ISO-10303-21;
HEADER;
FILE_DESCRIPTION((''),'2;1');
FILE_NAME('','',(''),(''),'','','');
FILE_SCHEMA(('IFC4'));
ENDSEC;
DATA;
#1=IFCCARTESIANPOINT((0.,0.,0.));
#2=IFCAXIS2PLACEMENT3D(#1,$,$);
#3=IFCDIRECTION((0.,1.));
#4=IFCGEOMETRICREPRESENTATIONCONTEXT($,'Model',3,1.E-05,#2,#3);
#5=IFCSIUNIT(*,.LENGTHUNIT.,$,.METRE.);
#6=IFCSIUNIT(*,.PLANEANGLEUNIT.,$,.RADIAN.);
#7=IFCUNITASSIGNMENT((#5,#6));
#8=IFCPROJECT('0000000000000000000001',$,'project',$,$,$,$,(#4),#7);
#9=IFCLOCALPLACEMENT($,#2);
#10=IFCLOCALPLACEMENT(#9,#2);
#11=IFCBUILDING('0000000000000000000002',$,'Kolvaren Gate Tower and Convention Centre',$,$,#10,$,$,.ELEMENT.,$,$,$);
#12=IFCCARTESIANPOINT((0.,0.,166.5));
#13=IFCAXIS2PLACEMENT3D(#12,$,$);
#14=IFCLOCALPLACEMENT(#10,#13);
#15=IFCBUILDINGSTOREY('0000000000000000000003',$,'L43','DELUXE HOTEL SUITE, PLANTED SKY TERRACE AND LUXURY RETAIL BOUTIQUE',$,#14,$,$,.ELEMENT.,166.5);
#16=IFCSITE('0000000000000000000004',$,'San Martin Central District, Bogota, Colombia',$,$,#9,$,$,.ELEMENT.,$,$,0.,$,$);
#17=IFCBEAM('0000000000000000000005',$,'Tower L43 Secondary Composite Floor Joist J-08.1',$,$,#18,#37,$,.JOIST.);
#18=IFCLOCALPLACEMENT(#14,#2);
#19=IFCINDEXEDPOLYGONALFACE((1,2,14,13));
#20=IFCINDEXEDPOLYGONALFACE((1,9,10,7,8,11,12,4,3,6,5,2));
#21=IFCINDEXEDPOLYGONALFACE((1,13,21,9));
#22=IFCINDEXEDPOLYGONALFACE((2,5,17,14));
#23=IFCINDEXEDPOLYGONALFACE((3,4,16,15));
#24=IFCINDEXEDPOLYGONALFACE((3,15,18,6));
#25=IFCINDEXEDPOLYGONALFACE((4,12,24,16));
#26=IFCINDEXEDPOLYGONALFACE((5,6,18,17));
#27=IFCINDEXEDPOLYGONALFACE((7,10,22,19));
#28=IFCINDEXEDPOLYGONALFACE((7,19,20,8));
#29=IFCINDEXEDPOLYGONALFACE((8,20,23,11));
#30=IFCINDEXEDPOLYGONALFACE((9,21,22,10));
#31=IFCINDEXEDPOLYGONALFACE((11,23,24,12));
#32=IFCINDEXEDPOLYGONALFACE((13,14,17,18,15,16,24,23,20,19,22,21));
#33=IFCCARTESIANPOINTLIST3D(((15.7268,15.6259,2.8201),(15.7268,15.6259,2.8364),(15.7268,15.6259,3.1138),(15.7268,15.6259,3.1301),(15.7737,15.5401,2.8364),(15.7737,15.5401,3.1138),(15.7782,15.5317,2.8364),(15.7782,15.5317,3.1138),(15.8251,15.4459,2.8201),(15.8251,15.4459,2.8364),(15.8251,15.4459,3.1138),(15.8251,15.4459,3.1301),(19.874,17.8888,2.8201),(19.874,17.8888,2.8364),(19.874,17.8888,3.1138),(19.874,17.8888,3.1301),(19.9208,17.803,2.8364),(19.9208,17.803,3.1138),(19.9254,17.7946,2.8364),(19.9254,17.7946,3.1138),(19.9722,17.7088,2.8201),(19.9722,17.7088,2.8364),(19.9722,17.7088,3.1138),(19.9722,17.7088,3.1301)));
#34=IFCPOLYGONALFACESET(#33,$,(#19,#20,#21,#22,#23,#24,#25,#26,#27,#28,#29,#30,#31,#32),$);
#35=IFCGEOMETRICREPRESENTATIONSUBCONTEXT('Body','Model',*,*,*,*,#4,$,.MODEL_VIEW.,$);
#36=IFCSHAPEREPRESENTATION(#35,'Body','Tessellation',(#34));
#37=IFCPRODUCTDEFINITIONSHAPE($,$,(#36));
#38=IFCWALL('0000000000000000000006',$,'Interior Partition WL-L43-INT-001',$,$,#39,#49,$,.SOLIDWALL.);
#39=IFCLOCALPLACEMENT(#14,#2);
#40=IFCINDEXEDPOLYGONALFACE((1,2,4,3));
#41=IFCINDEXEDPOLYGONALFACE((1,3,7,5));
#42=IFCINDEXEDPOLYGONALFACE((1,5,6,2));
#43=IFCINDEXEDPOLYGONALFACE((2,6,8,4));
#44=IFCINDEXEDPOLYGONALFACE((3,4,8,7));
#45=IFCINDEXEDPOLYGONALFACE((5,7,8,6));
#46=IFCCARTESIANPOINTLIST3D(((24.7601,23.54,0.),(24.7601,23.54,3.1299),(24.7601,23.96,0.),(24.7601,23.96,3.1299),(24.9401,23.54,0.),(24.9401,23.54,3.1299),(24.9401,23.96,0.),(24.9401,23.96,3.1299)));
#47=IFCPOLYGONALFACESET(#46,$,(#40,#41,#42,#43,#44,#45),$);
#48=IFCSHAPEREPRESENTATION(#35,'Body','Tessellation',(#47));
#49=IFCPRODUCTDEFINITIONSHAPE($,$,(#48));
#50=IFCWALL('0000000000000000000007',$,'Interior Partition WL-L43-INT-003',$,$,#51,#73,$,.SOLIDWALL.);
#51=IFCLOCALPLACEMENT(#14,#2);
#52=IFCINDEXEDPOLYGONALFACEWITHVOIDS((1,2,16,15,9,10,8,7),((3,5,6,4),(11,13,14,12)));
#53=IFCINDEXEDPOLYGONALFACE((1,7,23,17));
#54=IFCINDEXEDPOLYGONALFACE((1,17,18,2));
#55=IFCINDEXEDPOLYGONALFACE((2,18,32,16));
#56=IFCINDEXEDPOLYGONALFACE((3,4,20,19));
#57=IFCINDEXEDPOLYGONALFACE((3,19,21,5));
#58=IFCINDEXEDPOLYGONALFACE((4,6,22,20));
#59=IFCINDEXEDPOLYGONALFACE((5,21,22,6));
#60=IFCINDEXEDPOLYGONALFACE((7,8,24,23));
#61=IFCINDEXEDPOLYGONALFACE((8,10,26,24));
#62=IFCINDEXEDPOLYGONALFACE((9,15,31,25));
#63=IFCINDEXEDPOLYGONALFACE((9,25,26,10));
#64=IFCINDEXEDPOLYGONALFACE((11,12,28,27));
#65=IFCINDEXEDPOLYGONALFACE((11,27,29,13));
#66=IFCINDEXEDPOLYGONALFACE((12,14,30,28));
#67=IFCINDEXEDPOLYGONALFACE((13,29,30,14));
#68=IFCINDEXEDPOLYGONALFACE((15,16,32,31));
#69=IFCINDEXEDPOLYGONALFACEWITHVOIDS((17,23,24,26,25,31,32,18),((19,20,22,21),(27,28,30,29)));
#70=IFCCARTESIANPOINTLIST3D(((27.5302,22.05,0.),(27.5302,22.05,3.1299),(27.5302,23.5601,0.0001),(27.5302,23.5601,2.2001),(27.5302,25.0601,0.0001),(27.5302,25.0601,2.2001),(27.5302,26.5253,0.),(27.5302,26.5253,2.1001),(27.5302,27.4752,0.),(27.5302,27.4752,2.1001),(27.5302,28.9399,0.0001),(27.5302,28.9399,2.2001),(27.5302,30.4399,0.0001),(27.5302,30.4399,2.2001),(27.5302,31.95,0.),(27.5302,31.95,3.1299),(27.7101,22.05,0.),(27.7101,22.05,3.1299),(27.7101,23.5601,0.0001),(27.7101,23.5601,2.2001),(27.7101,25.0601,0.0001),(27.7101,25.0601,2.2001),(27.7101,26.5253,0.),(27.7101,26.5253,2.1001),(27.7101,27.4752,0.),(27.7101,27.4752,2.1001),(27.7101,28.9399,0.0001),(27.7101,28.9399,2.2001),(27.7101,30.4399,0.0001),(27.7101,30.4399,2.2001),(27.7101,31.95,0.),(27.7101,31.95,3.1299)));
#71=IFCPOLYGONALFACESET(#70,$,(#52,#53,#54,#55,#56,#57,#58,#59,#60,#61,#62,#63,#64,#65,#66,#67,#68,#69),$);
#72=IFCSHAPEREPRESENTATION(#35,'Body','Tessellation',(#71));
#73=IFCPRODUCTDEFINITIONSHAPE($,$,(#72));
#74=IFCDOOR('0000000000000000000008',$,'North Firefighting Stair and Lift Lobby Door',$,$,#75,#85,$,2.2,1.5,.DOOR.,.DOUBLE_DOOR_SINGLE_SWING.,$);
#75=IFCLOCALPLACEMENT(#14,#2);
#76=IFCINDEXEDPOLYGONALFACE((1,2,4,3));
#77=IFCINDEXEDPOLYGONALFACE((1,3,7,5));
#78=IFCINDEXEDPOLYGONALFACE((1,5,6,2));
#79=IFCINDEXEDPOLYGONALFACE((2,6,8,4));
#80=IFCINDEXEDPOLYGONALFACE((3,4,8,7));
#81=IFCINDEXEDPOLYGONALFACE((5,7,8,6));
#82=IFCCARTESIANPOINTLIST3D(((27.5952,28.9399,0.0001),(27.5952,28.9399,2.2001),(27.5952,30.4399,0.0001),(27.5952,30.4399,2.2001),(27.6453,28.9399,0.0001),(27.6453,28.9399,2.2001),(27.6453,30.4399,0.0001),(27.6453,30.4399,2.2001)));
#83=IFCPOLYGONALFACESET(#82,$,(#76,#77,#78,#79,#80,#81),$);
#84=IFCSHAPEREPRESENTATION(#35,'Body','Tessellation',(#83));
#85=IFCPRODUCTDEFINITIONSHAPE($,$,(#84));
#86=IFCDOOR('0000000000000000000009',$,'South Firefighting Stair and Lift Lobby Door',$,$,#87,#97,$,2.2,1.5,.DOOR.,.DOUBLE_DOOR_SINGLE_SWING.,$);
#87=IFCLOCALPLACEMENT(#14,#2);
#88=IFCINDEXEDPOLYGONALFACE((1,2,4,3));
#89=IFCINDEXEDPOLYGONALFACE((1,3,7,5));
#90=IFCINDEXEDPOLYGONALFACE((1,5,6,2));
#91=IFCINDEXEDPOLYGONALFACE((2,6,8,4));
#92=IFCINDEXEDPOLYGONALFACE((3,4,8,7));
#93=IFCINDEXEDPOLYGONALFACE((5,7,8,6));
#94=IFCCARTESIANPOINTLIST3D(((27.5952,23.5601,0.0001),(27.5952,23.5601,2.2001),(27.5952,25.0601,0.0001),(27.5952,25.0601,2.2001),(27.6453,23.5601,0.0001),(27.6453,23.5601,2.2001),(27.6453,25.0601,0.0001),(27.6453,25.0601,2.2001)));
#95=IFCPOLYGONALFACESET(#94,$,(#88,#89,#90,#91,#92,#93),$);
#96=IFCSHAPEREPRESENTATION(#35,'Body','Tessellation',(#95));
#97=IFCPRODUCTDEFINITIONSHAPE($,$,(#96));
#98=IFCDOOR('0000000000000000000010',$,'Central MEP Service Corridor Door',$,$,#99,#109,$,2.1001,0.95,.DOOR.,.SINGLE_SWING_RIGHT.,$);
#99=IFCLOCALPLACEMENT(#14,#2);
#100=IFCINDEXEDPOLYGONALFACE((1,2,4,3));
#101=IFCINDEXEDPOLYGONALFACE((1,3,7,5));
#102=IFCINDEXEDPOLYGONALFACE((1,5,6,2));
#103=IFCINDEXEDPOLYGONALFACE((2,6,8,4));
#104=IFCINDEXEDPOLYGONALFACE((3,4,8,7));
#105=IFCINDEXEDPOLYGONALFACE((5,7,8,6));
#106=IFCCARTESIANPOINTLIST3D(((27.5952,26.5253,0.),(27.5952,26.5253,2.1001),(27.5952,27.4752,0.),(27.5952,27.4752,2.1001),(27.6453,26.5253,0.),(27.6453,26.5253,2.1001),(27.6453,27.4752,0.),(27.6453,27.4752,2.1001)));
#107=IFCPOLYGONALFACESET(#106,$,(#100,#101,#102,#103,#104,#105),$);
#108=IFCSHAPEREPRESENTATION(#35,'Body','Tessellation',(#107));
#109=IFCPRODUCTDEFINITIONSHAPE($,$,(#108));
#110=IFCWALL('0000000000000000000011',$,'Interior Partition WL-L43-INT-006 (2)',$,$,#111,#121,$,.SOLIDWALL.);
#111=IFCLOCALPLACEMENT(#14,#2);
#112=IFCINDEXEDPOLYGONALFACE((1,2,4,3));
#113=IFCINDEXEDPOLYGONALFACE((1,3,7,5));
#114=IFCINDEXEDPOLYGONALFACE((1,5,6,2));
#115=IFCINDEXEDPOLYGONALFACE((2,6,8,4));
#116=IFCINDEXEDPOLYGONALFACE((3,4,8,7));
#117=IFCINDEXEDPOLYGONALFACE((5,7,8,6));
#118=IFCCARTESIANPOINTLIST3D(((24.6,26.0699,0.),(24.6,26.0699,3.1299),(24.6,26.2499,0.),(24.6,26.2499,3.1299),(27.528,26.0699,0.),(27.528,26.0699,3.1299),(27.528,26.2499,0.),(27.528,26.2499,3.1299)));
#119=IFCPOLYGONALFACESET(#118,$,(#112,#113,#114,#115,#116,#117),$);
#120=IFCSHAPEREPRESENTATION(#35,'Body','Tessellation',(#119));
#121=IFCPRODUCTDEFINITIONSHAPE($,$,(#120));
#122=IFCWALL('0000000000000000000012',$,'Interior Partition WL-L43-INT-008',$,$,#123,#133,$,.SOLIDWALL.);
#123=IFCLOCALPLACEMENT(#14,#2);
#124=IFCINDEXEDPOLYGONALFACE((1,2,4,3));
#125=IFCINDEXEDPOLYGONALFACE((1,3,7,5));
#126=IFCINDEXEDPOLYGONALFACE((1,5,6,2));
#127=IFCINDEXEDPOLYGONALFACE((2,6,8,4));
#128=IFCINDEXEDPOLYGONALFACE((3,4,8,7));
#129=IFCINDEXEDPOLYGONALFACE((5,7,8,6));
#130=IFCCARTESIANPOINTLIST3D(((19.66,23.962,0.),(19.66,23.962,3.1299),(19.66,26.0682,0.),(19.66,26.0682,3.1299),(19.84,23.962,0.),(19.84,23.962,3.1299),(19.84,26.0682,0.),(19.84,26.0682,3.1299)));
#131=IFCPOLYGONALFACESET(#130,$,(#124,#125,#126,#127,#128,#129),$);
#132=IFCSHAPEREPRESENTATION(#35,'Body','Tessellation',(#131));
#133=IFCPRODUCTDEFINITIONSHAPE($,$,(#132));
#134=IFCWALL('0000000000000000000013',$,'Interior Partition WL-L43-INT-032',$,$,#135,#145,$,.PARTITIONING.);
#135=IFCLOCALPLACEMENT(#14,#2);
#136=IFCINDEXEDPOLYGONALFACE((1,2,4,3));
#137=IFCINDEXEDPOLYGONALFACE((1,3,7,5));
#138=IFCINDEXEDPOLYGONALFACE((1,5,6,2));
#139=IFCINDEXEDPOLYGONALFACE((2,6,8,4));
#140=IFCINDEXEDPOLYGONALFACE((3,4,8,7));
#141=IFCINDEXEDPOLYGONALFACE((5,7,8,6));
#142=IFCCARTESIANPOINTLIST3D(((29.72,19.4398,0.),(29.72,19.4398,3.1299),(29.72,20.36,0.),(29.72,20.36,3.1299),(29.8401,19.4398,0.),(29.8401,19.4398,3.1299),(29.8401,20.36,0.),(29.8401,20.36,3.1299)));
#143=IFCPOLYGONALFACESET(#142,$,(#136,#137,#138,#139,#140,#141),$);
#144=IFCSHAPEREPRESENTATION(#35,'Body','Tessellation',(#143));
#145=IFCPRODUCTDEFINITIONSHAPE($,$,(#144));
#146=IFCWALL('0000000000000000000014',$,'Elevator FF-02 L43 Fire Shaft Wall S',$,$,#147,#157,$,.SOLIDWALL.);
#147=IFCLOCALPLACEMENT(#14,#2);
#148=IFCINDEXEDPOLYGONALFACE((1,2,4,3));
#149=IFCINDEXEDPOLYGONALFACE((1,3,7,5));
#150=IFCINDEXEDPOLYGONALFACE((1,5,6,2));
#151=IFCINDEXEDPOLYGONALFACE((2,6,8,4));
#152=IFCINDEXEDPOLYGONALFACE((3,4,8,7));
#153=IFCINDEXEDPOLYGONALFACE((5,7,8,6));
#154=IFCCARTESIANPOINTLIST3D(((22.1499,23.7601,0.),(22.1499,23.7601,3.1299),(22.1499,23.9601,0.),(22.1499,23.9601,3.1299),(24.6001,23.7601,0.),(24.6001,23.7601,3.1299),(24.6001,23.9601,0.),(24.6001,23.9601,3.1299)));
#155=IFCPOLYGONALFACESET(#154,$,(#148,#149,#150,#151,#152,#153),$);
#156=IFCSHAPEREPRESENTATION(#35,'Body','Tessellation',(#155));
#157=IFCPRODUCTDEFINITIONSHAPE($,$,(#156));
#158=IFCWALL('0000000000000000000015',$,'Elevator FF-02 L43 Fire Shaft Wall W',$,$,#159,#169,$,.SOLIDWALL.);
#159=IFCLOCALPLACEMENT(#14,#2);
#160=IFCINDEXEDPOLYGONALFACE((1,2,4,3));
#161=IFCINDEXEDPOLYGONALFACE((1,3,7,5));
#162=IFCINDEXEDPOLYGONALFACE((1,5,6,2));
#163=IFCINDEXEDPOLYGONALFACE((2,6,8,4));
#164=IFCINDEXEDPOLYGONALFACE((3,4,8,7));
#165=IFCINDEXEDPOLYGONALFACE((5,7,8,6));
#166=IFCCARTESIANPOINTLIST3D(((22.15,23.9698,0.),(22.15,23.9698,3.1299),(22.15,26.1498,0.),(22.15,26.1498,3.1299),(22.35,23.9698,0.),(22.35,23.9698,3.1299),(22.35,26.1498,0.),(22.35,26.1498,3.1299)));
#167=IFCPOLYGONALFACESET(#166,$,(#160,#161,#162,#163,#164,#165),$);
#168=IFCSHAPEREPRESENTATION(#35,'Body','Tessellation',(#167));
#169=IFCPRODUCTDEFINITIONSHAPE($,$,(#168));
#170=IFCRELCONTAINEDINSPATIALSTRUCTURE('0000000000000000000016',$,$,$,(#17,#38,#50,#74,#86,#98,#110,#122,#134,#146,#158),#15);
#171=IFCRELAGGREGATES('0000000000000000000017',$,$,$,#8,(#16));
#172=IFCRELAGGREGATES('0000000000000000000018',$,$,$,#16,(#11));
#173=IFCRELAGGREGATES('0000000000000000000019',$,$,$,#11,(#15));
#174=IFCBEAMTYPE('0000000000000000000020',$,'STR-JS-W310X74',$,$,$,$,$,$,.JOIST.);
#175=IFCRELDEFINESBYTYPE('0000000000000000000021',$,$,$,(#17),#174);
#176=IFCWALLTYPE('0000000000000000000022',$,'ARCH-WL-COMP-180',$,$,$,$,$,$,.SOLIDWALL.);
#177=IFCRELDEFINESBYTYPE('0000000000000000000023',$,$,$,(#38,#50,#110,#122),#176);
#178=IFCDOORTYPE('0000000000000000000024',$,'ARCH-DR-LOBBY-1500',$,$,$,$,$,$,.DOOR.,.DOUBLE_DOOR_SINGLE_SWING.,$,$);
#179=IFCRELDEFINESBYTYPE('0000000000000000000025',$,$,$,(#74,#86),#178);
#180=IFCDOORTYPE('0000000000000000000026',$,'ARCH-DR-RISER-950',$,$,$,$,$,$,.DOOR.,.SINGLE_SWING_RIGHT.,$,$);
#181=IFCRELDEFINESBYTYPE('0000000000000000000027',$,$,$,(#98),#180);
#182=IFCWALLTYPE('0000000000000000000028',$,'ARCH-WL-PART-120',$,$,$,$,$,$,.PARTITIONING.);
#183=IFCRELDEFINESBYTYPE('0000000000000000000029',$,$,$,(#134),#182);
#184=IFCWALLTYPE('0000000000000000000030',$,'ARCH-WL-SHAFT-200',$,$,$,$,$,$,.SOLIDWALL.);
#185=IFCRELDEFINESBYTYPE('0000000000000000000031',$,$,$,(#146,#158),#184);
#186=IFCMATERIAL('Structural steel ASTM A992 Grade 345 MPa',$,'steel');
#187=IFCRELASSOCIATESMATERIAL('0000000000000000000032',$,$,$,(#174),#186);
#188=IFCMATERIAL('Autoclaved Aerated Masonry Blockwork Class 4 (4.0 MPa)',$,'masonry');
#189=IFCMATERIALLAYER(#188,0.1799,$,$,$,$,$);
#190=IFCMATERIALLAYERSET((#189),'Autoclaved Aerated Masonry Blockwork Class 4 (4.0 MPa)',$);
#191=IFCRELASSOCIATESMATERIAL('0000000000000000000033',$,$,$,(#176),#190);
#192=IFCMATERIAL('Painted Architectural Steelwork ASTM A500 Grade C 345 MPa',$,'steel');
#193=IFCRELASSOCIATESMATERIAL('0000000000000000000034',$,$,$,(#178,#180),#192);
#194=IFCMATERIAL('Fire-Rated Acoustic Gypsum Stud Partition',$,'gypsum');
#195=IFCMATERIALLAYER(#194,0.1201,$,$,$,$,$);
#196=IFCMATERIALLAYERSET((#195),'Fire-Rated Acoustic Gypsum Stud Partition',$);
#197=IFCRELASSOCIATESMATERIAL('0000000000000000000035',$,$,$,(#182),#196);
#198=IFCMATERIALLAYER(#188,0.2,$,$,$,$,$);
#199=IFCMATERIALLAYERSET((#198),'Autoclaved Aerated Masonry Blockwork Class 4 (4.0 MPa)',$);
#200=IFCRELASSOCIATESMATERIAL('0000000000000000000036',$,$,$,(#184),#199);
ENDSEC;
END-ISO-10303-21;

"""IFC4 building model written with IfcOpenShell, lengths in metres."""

from ifc_helpers import new_model, si_unit, direction, frame, frame_2d, origin, origin_2d, place, context, subcontext, project, spatial, rectangle, i_section, extrude, material, layer, layer_set, material_profile, profile_set, type_object, element, fill, save


model = new_model("IFC4")

# Units and contexts
model_context = context("Model", 3, precision=1e-05, world=origin(), true_north=direction((0.0, 1.0)))
body_context = subcontext(model_context, "Body", "Model", "MODEL_VIEW")
ifc_project = project(units=[si_unit("LENGTHUNIT", "METRE"), si_unit("PLANEANGLEUNIT", "RADIAN")], contexts=[model_context])

# Site, building, storey
site_placement = place(None, origin())
site = spatial("IfcSite", under=ifc_project, at=site_placement, Name="San Martin Central District, Bogota, Colombia", CompositionType="ELEMENT", RefElevation=0.0)
building_placement = place(site_placement, origin())
building = spatial("IfcBuilding", under=site, at=building_placement, Name="Kolvaren Gate Tower and Convention Centre", CompositionType="ELEMENT")
storey_placement = place(building_placement, frame((0.0, 0.0, 166.5)))
storey = spatial("IfcBuildingStorey", under=building, at=storey_placement, Name="L43", Description="DELUXE HOTEL SUITE, PLANTED SKY TERRACE AND LUXURY RETAIL BOUTIQUE", CompositionType="ELEMENT", Elevation=166.5)

# Beam
ifc_material_1 = material(Name="Structural steel ASTM A992 Grade 345 MPa", Category="steel")
ifc_material_profile = material_profile(ifc_material_1, i_section(OverallWidth=0.2051, OverallDepth=0.3101, WebThickness=0.0095, FlangeThickness=0.0164, at=origin_2d()), Name="W310X74")
ifc_profile_set = profile_set([ifc_material_profile], Name="Structural steel ASTM A992 Grade 345 MPa")
beam_type = type_object("IfcBeamType", Name="STR-JS-W310X74", PredefinedType="JOIST", material=ifc_profile_set)
beam_placement = place(storey_placement, frame((19.9231, 17.7988, 2.9751), z_axis=(-0.877822, -0.478986, 0.0), x_axis=(0.478986, -0.877822, 0.0)))
element("IfcBeam", 1, at=beam_placement, inside=storey, type_object=beam_type, Name="Tower L43 Secondary Composite Floor Joist J-08.1", PredefinedType="JOIST", context=body_context, shape_type="SweptSolid", body=[
    extrude(i_section(OverallWidth=0.2051, OverallDepth=0.3101, WebThickness=0.0095, FlangeThickness=0.0164, at=origin_2d()), origin(), (0.0, 0.0, 1.0), 4.7244),
])

# Wall
ifc_material_2 = material(Name="Autoclaved Aerated Masonry Blockwork Class 4 (4.0 MPa)", Category="masonry")
ifc_layer_1 = layer(ifc_material_2, 0.1799)
ifc_layer_set_1 = layer_set([ifc_layer_1], Name="Autoclaved Aerated Masonry Blockwork Class 4 (4.0 MPa)")
wall_type_1 = type_object("IfcWallType", Name="ARCH-WL-COMP-180", PredefinedType="SOLIDWALL", material=ifc_layer_set_1)
wall_1_placement = place(storey_placement, frame((24.8501, 23.54, 0.0), z_axis=(0.0, 0.0, 1.0), x_axis=(0.0, 1.0, 0.0)))
element("IfcWall", 2, at=wall_1_placement, inside=storey, type_object=wall_type_1, Name="Interior Partition WL-L43-INT-001", PredefinedType="SOLIDWALL", context=body_context, shape_type="SweptSolid", body=[
    extrude(rectangle(XDim=0.4199, YDim=0.1799, at=frame_2d((0.21, 0.0))), origin(), (0.0, 0.0, 1.0), 3.1299),
])

# Wall, openings, doors
wall_2_placement = place(storey_placement, frame((27.6201, 22.05, 0.0), z_axis=(0.0, 0.0, 1.0), x_axis=(0.0, 1.0, 0.0)))
wall_2 = element("IfcWall", 3, at=wall_2_placement, inside=storey, type_object=wall_type_1, Name="Interior Partition WL-L43-INT-003", PredefinedType="SOLIDWALL", context=body_context, shape_type="SweptSolid", body=[
    extrude(rectangle(XDim=9.8999, YDim=0.1799, at=frame_2d((4.95, 0.0))), origin(), (0.0, 0.0, 1.0), 3.1299),
])
opening_1_placement = place(wall_2_placement, frame((4.4751, 0.0, 0.0)))
opening_1 = element("IfcOpeningElement", 4, at=opening_1_placement, cuts=wall_2, PredefinedType="OPENING", context=body_context, shape_type="SweptSolid", body=[
    extrude(rectangle(XDim=0.95, YDim=2.1001, at=frame_2d((0.4751, 1.05))), frame((0.0, 0.0999, 0.0), z_axis=(0.0, -1.0, 0.0), x_axis=(1.0, 0.0, 0.0)), (0.0, 0.0, 1.0), 0.2),
])
opening_2_placement = place(wall_2_placement, frame((6.8899, 0.0, 0.0)))
opening_2 = element("IfcOpeningElement", 5, at=opening_2_placement, cuts=wall_2, PredefinedType="OPENING", context=body_context, shape_type="SweptSolid", body=[
    extrude(rectangle(XDim=1.5, YDim=2.2, at=frame_2d((0.75, 1.1001))), frame((0.0, 0.0999, 0.0), z_axis=(0.0, -1.0, 0.0), x_axis=(1.0, 0.0, 0.0)), (0.0, 0.0, 1.0), 0.2),
])
opening_3_placement = place(wall_2_placement, frame((1.51, 0.0, 0.0)))
opening_3 = element("IfcOpeningElement", 6, at=opening_3_placement, cuts=wall_2, PredefinedType="OPENING", context=body_context, shape_type="SweptSolid", body=[
    extrude(rectangle(XDim=1.5, YDim=2.2, at=frame_2d((0.75, 1.1001))), frame((0.0, 0.0999, 0.0), z_axis=(0.0, -1.0, 0.0), x_axis=(1.0, 0.0, 0.0)), (0.0, 0.0, 1.0), 0.2),
])
ifc_material_3 = material(Name="Painted Architectural Steelwork ASTM A500 Grade C 345 MPa", Category="steel")
door_type_1 = type_object("IfcDoorType", Name="ARCH-DR-LOBBY-1500", OperationType="DOUBLE_DOOR_SINGLE_SWING", PredefinedType="DOOR", material=ifc_material_3)
door_1_placement = place(opening_2_placement, origin())
door_1 = element("IfcDoor", 7, at=door_1_placement, inside=storey, type_object=door_type_1, Name="North Firefighting Stair and Lift Lobby Door", OperationType="DOUBLE_DOOR_SINGLE_SWING", OverallHeight=2.2, OverallWidth=1.5, PredefinedType="DOOR", context=body_context, shape_type="SweptSolid", body=[
    extrude(rectangle(XDim=1.5, YDim=2.2, at=frame_2d((0.75, 1.1001))), frame((0.0, 0.0249, 0.0), z_axis=(0.0, -1.0, 0.0), x_axis=(1.0, 0.0, 0.0)), (0.0, 0.0, 1.0), 0.05),
])
fill(opening_2, door_1)
door_2_placement = place(opening_3_placement, origin())
door_2 = element("IfcDoor", 8, at=door_2_placement, inside=storey, type_object=door_type_1, Name="South Firefighting Stair and Lift Lobby Door", OperationType="DOUBLE_DOOR_SINGLE_SWING", OverallHeight=2.2, OverallWidth=1.5, PredefinedType="DOOR", context=body_context, shape_type="SweptSolid", body=[
    extrude(rectangle(XDim=1.5, YDim=2.2, at=frame_2d((0.75, 1.1001))), frame((0.0, 0.0249, 0.0), z_axis=(0.0, -1.0, 0.0), x_axis=(1.0, 0.0, 0.0)), (0.0, 0.0, 1.0), 0.05),
])
fill(opening_3, door_2)
door_type_2 = type_object("IfcDoorType", Name="ARCH-DR-RISER-950", OperationType="SINGLE_SWING_RIGHT", PredefinedType="DOOR", material=ifc_material_3)
door_3_placement = place(opening_1_placement, origin())
door_3 = element("IfcDoor", 9, at=door_3_placement, inside=storey, type_object=door_type_2, Name="Central MEP Service Corridor Door", OperationType="SINGLE_SWING_RIGHT", OverallHeight=2.1001, OverallWidth=0.95, PredefinedType="DOOR", context=body_context, shape_type="SweptSolid", body=[
    extrude(rectangle(XDim=0.95, YDim=2.1001, at=frame_2d((0.4751, 1.05))), frame((0.0, 0.0249, 0.0), z_axis=(0.0, -1.0, 0.0), x_axis=(1.0, 0.0, 0.0)), (0.0, 0.0, 1.0), 0.05),
])
fill(opening_1, door_3)

# Walls
wall_3_placement = place(storey_placement, frame((24.6001, 26.1599, 0.0), z_axis=(0.0, 0.0, 1.0), x_axis=(1.0, 0.0, 0.0)))
element("IfcWall", 10, at=wall_3_placement, inside=storey, type_object=wall_type_1, Name="Interior Partition WL-L43-INT-006 (2)", PredefinedType="SOLIDWALL", context=body_context, shape_type="SweptSolid", body=[
    extrude(rectangle(XDim=2.928, YDim=0.1799, at=frame_2d((1.4639, 0.0))), origin(), (0.0, 0.0, 1.0), 3.1299),
])
wall_4_placement = place(storey_placement, frame((19.75, 23.9619, 0.0), z_axis=(0.0, 0.0, 1.0), x_axis=(0.0, 1.0, 0.0)))
element("IfcWall", 11, at=wall_4_placement, inside=storey, type_object=wall_type_1, Name="Interior Partition WL-L43-INT-008", PredefinedType="SOLIDWALL", context=body_context, shape_type="SweptSolid", body=[
    extrude(rectangle(XDim=2.1062, YDim=0.1799, at=frame_2d((1.0532, 0.0))), origin(), (0.0, 0.0, 1.0), 3.1299),
])
ifc_material_4 = material(Name="Fire-Rated Acoustic Gypsum Stud Partition", Category="gypsum")
ifc_layer_2 = layer(ifc_material_4, 0.1201)
ifc_layer_set_2 = layer_set([ifc_layer_2], Name="Fire-Rated Acoustic Gypsum Stud Partition")
wall_type_2 = type_object("IfcWallType", Name="ARCH-WL-PART-120", PredefinedType="PARTITIONING", material=ifc_layer_set_2)
wall_5_placement = place(storey_placement, frame((29.78, 19.4399, 0.0), z_axis=(0.0, 0.0, 1.0), x_axis=(0.0, 1.0, 0.0)))
element("IfcWall", 12, at=wall_5_placement, inside=storey, type_object=wall_type_2, Name="Interior Partition WL-L43-INT-032", PredefinedType="PARTITIONING", context=body_context, shape_type="SweptSolid", body=[
    extrude(rectangle(XDim=0.9202, YDim=0.1201, at=frame_2d((0.46, 0.0))), origin(), (0.0, 0.0, 1.0), 3.1299),
])
ifc_layer_3 = layer(ifc_material_2, 0.2)
ifc_layer_set_3 = layer_set([ifc_layer_3], Name="Autoclaved Aerated Masonry Blockwork Class 4 (4.0 MPa)")
wall_type_3 = type_object("IfcWallType", Name="ARCH-WL-SHAFT-200", PredefinedType="SOLIDWALL", material=ifc_layer_set_3)
wall_6_placement = place(storey_placement, frame((22.1499, 23.8601, 0.0), z_axis=(0.0, 0.0, 1.0), x_axis=(1.0, 0.0, 0.0)))
element("IfcWall", 13, at=wall_6_placement, inside=storey, type_object=wall_type_3, Name="Elevator FF-02 L43 Fire Shaft Wall S", PredefinedType="SOLIDWALL", context=body_context, shape_type="SweptSolid", body=[
    extrude(rectangle(XDim=2.4502, YDim=0.2, at=frame_2d((1.2251, 0.0))), origin(), (0.0, 0.0, 1.0), 3.1299),
])
wall_7_placement = place(storey_placement, frame((22.25, 23.97, 0.0), z_axis=(0.0, 0.0, 1.0), x_axis=(0.0, 1.0, 0.0)))
element("IfcWall", 14, at=wall_7_placement, inside=storey, type_object=wall_type_3, Name="Elevator FF-02 L43 Fire Shaft Wall W", PredefinedType="SOLIDWALL", context=body_context, shape_type="SweptSolid", body=[
    extrude(rectangle(XDim=2.1799, YDim=0.2, at=frame_2d((1.0898, 0.0))), origin(), (0.0, 0.0, 1.0), 3.1299),
])

save(model, "model.ifc")
